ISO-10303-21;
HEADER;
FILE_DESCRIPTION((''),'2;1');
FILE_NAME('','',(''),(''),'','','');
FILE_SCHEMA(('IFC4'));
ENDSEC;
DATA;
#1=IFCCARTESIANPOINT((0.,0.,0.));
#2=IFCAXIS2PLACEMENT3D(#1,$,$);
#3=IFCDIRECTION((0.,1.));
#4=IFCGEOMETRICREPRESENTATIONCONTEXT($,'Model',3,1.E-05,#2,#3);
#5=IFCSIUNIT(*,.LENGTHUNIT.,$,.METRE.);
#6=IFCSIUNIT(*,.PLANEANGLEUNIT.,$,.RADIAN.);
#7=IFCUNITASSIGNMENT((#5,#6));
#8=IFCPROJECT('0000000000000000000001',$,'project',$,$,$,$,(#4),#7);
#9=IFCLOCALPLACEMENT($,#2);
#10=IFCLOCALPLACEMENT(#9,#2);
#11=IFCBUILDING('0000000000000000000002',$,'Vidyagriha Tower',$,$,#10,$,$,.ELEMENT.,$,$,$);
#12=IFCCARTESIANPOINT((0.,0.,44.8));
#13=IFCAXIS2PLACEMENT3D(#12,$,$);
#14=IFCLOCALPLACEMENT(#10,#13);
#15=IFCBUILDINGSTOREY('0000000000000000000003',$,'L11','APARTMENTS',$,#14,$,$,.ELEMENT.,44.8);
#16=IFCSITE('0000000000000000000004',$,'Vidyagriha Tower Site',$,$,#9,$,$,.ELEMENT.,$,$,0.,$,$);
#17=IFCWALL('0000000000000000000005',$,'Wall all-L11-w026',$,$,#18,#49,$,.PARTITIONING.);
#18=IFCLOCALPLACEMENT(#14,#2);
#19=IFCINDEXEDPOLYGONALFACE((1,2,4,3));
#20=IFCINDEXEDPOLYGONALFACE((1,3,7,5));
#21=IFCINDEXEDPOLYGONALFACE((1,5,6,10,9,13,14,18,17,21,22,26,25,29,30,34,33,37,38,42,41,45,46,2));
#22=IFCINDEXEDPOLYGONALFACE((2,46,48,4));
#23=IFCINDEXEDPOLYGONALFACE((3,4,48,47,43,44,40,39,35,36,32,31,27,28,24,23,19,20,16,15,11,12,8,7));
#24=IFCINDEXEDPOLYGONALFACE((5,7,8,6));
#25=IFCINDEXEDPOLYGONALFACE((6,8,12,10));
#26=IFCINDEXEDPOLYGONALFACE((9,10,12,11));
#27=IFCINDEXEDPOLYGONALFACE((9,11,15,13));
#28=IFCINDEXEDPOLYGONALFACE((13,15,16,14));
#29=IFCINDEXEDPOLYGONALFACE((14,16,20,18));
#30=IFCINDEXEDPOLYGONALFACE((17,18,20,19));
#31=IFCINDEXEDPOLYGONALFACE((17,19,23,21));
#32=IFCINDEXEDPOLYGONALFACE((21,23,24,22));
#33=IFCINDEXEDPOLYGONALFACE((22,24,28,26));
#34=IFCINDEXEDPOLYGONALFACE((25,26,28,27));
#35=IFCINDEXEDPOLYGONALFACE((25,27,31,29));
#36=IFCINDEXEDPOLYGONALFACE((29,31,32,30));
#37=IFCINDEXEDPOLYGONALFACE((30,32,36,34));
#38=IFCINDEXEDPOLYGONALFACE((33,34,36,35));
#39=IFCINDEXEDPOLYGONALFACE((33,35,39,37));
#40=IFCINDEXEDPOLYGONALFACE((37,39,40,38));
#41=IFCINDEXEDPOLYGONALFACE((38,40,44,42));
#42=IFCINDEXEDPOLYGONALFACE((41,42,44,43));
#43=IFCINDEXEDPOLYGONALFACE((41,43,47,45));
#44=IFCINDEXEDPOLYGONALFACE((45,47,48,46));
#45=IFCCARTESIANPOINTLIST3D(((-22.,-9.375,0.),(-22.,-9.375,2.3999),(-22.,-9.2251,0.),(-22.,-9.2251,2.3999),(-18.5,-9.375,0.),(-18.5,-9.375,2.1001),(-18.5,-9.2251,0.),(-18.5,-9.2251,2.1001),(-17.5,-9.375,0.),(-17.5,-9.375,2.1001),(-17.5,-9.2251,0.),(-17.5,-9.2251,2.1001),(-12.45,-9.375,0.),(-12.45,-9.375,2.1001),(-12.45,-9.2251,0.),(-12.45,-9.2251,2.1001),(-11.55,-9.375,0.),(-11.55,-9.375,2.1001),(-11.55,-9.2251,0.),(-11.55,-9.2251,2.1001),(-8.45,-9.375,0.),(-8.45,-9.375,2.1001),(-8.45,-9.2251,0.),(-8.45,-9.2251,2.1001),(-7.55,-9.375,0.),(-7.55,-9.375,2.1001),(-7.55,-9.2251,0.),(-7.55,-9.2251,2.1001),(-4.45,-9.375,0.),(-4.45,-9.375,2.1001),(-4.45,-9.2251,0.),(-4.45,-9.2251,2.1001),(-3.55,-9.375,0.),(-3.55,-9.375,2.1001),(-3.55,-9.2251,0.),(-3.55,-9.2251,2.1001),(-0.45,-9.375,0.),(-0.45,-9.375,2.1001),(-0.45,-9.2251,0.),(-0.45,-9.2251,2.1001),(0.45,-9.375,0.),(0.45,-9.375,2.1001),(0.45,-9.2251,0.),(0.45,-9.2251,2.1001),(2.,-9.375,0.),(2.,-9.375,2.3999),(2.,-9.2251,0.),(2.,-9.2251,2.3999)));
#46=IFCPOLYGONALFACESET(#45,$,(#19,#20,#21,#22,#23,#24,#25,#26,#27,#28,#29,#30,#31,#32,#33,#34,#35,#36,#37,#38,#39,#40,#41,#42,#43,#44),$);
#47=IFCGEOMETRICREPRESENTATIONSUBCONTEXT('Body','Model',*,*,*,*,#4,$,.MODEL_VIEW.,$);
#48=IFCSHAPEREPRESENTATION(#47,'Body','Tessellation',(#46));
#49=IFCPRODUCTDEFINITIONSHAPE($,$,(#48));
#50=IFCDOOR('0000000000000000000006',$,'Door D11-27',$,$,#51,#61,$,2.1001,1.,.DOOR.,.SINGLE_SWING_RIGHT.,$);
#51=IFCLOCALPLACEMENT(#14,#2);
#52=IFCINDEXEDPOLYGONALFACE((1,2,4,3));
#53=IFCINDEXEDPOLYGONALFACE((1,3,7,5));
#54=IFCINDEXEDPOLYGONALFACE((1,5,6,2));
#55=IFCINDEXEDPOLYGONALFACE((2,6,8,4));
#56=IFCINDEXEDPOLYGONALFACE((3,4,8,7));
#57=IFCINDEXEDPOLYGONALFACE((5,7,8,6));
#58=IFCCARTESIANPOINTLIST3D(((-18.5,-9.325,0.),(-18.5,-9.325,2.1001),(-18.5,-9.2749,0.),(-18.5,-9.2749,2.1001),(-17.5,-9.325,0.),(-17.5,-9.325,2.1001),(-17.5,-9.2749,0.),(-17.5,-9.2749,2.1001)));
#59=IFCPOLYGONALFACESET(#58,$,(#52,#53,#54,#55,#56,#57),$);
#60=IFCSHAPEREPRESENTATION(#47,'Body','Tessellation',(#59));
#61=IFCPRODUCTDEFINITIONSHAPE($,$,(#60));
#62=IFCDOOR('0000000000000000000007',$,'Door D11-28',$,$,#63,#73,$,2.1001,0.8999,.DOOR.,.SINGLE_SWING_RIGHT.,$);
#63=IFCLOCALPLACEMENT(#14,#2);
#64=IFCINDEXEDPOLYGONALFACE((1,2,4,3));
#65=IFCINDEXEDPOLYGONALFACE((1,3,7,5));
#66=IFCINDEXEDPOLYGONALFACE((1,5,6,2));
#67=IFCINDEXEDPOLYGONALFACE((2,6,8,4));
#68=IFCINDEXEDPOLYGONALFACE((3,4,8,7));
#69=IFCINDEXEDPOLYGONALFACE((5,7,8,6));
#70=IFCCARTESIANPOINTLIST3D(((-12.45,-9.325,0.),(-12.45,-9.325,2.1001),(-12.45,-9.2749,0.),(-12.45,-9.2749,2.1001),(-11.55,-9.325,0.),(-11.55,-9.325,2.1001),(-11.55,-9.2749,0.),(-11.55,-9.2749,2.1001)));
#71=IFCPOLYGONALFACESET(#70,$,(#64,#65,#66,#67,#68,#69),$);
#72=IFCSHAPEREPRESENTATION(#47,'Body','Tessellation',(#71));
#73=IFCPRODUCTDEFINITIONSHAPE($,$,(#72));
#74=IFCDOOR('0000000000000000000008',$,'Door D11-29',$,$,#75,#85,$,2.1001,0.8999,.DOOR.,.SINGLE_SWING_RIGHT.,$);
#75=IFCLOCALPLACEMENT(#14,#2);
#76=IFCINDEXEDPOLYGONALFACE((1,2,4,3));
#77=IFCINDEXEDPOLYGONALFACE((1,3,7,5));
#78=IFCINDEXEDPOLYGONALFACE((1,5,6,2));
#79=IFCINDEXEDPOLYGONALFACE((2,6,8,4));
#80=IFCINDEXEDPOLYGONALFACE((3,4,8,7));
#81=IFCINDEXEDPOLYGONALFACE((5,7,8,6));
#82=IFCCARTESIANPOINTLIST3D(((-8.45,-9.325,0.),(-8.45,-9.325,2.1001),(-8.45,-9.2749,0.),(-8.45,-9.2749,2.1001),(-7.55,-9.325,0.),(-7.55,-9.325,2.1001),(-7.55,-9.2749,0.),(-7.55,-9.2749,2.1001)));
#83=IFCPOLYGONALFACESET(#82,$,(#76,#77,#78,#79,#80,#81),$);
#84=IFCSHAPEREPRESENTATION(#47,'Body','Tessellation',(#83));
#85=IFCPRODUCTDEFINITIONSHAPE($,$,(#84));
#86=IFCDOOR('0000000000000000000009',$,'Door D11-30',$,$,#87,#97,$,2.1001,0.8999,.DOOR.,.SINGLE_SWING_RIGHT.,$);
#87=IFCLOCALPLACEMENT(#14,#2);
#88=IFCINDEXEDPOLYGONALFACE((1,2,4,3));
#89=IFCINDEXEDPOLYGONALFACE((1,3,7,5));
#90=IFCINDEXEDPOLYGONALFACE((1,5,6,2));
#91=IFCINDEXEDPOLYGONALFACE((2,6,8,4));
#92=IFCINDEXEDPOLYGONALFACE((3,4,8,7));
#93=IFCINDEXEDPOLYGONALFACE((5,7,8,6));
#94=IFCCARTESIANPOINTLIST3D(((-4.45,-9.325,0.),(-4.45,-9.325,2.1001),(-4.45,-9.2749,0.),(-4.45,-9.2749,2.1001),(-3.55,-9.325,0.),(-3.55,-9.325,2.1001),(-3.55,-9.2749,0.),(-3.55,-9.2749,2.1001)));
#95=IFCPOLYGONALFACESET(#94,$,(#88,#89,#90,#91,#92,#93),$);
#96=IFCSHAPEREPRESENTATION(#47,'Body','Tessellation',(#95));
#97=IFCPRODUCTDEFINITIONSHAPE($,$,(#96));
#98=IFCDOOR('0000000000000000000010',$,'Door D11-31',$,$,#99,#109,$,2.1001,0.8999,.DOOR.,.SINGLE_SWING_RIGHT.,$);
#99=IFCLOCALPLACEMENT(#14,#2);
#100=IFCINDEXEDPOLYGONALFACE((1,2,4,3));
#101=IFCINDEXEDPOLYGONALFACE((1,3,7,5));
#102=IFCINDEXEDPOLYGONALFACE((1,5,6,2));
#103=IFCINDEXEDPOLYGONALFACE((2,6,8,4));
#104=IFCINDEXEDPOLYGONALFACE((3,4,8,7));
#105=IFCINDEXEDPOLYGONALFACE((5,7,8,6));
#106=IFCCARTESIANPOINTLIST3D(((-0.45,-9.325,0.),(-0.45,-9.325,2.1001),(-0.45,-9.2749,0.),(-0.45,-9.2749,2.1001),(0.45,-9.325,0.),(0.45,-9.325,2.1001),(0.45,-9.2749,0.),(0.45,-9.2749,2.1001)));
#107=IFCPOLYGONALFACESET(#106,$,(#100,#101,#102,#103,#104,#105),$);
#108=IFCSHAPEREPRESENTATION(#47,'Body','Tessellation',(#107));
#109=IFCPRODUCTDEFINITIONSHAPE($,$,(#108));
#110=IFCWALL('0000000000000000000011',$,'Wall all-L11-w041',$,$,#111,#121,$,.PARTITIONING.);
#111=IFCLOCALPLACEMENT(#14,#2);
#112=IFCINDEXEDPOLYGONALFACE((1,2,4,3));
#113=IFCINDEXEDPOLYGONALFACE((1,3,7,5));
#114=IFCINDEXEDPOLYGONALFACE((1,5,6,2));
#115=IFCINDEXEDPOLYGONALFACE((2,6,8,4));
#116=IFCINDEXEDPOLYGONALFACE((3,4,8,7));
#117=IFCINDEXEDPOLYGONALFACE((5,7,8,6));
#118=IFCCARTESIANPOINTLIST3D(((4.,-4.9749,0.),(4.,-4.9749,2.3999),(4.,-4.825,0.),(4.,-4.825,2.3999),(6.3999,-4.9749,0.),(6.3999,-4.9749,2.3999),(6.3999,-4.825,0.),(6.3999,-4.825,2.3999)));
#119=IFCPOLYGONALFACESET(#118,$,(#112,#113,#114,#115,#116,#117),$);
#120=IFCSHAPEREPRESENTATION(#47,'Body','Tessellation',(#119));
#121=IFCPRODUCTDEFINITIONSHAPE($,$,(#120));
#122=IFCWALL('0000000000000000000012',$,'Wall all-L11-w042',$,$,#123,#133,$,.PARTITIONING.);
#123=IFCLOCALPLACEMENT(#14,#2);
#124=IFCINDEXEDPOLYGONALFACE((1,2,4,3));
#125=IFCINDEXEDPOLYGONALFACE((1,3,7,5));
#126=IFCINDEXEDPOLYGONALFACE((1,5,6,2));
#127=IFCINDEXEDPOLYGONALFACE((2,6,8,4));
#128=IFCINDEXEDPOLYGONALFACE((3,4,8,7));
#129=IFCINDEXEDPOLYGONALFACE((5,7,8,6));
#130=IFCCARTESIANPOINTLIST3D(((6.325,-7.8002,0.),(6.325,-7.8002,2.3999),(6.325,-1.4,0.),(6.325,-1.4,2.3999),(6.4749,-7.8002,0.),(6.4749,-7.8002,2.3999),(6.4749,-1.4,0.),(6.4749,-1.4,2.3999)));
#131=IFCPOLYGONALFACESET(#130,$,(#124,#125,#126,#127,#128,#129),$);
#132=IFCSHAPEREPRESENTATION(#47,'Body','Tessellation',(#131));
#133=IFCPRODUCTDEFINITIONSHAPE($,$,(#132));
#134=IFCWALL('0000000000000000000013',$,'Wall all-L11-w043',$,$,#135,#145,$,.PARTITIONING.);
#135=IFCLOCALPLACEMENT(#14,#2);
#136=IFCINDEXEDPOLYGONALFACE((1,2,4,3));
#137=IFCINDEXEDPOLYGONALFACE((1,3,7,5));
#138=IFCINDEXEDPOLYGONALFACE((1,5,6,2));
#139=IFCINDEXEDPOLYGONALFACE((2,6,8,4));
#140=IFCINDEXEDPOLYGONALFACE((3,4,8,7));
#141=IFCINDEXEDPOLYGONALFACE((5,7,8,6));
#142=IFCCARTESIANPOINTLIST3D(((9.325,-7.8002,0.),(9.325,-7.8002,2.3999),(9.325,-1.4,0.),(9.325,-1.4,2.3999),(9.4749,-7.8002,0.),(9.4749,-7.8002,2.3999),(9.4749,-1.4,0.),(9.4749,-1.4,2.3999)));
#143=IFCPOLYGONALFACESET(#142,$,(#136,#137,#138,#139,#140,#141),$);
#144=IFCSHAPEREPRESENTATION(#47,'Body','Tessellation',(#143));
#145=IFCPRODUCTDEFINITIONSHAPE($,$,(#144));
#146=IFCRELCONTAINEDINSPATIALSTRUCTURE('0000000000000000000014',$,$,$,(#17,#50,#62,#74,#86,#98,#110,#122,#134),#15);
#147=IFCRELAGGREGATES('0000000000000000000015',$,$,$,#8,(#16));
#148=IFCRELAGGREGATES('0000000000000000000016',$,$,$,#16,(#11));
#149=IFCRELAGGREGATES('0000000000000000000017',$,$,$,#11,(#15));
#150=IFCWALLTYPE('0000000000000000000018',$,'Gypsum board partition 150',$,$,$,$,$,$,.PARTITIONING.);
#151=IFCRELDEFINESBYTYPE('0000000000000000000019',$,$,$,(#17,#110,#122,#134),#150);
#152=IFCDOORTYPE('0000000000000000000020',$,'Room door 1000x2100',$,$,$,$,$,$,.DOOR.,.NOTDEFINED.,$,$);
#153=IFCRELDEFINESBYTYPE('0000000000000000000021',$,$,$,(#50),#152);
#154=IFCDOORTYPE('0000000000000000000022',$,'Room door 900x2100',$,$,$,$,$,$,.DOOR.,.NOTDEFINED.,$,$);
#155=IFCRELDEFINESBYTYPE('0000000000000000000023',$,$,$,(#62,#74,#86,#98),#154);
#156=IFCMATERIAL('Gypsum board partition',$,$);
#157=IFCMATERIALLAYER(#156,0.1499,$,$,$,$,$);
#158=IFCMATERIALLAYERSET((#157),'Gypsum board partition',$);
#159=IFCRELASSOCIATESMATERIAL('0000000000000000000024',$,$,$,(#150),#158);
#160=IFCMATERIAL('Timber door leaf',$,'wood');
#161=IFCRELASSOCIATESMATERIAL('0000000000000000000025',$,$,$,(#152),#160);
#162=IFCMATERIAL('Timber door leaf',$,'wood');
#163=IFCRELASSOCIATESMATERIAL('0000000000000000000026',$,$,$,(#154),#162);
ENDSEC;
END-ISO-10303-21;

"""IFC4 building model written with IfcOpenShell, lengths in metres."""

from ifc_helpers import new_model, si_unit, direction, frame, frame_2d, origin, place, context, subcontext, project, spatial, rectangle, extrude, material, layer, layer_set, type_object, element, fill, save


model = new_model("IFC4")

# Units and contexts
model_context = context("Model", 3, precision=1e-05, world=origin(), true_north=direction((0.0, 1.0)))
body_context = subcontext(model_context, "Body", "Model", "MODEL_VIEW")
ifc_project = project(units=[si_unit("LENGTHUNIT", "METRE"), si_unit("PLANEANGLEUNIT", "RADIAN")], contexts=[model_context])

# Site, building, storey
site_placement = place(None, origin())
site = spatial("IfcSite", under=ifc_project, at=site_placement, Name="Vidyagriha Tower Site", CompositionType="ELEMENT", RefElevation=0.0)
building_placement = place(site_placement, origin())
building = spatial("IfcBuilding", under=site, at=building_placement, Name="Vidyagriha Tower", CompositionType="ELEMENT")
storey_placement = place(building_placement, frame((0.0, 0.0, 44.8)))
storey = spatial("IfcBuildingStorey", under=building, at=storey_placement, Name="L11", Description="APARTMENTS", CompositionType="ELEMENT", Elevation=44.8)

# Shared definitions
ifc_material_1 = material(Name="Gypsum board partition")
ifc_layer_1 = layer(ifc_material_1, 0.1499)
ifc_layer_set_1 = layer_set([ifc_layer_1], Name="Gypsum board partition")
wall_type_1 = type_object("IfcWallType", Name="Gypsum board partition 150", PredefinedType="PARTITIONING", material=ifc_layer_set_1)

# Wall, openings, doors
wall_1_placement = place(storey_placement, frame((2.0, -9.3, 0.0), z_axis=(0.0, 0.0, 1.0), x_axis=(-1.0, 0.0, 0.0)))
wall_1 = element("IfcWall", 1, at=wall_1_placement, inside=storey, type_object=wall_type_1, Name="Wall all-L11-w026", PredefinedType="PARTITIONING", context=body_context, shape_type="SweptSolid", body=[
    extrude(rectangle(XDim=24.0, YDim=0.1499, at=frame_2d((12.0, 0.0))), origin(), (0.0, 0.0, 1.0), 2.3999),
])
opening_1_placement = place(wall_1_placement, frame((19.5, 0.0, 0.0)))
opening_1 = element("IfcOpeningElement", 2, at=opening_1_placement, cuts=wall_1, PredefinedType="OPENING", context=body_context, shape_type="SweptSolid", body=[
    extrude(rectangle(XDim=1.0, YDim=2.1001, at=frame_2d((0.5, 1.05))), frame((0.0, 0.085, 0.0), z_axis=(0.0, -1.0, 0.0), x_axis=(1.0, 0.0, 0.0)), (0.0, 0.0, 1.0), 0.1699),
])
opening_2_placement = place(wall_1_placement, frame((13.55, 0.0, 0.0)))
opening_2 = element("IfcOpeningElement", 3, at=opening_2_placement, cuts=wall_1, PredefinedType="OPENING", context=body_context, shape_type="SweptSolid", body=[
    extrude(rectangle(XDim=0.8999, YDim=2.1001, at=frame_2d((0.45, 1.05))), frame((0.0, 0.085, 0.0), z_axis=(0.0, -1.0, 0.0), x_axis=(1.0, 0.0, 0.0)), (0.0, 0.0, 1.0), 0.1699),
])
opening_3_placement = place(wall_1_placement, frame((9.55, 0.0, 0.0)))
opening_3 = element("IfcOpeningElement", 4, at=opening_3_placement, cuts=wall_1, PredefinedType="OPENING", context=body_context, shape_type="SweptSolid", body=[
    extrude(rectangle(XDim=0.8999, YDim=2.1001, at=frame_2d((0.45, 1.05))), frame((0.0, 0.085, 0.0), z_axis=(0.0, -1.0, 0.0), x_axis=(1.0, 0.0, 0.0)), (0.0, 0.0, 1.0), 0.1699),
])
opening_4_placement = place(wall_1_placement, frame((5.55, 0.0, 0.0)))
opening_4 = element("IfcOpeningElement", 5, at=opening_4_placement, cuts=wall_1, PredefinedType="OPENING", context=body_context, shape_type="SweptSolid", body=[
    extrude(rectangle(XDim=0.8999, YDim=2.1001, at=frame_2d((0.45, 1.05))), frame((0.0, 0.085, 0.0), z_axis=(0.0, -1.0, 0.0), x_axis=(1.0, 0.0, 0.0)), (0.0, 0.0, 1.0), 0.1699),
])
opening_5_placement = place(wall_1_placement, frame((1.55, 0.0, 0.0)))
opening_5 = element("IfcOpeningElement", 6, at=opening_5_placement, cuts=wall_1, PredefinedType="OPENING", context=body_context, shape_type="SweptSolid", body=[
    extrude(rectangle(XDim=0.8999, YDim=2.1001, at=frame_2d((0.45, 1.05))), frame((0.0, 0.085, 0.0), z_axis=(0.0, -1.0, 0.0), x_axis=(1.0, 0.0, 0.0)), (0.0, 0.0, 1.0), 0.1699),
])
ifc_material_2 = material(Name="Timber door leaf", Category="wood")
door_type_1 = type_object("IfcDoorType", Name="Room door 1000x2100", OperationType="NOTDEFINED", PredefinedType="DOOR", material=ifc_material_2)
door_1_placement = place(opening_1_placement, origin())
door_1 = element("IfcDoor", 7, at=door_1_placement, inside=storey, type_object=door_type_1, Name="Door D11-27", OperationType="SINGLE_SWING_RIGHT", OverallHeight=2.1001, OverallWidth=1.0, PredefinedType="DOOR", context=body_context, shape_type="SweptSolid", body=[
    extrude(rectangle(XDim=1.0, YDim=2.1001, at=frame_2d((0.5, 1.05))), frame((0.0, 0.0249, 0.0), z_axis=(0.0, -1.0, 0.0), x_axis=(1.0, 0.0, 0.0)), (0.0, 0.0, 1.0), 0.05),
])
fill(opening_1, door_1)
ifc_material_3 = material(Name="Timber door leaf", Category="wood")
door_type_2 = type_object("IfcDoorType", Name="Room door 900x2100", OperationType="NOTDEFINED", PredefinedType="DOOR", material=ifc_material_3)
door_2_placement = place(opening_2_placement, origin())
door_2 = element("IfcDoor", 8, at=door_2_placement, inside=storey, type_object=door_type_2, Name="Door D11-28", OperationType="SINGLE_SWING_RIGHT", OverallHeight=2.1001, OverallWidth=0.8999, PredefinedType="DOOR", context=body_context, shape_type="SweptSolid", body=[
    extrude(rectangle(XDim=0.8999, YDim=2.1001, at=frame_2d((0.45, 1.05))), frame((0.0, 0.0249, 0.0), z_axis=(0.0, -1.0, 0.0), x_axis=(1.0, 0.0, 0.0)), (0.0, 0.0, 1.0), 0.05),
])
fill(opening_2, door_2)
door_3_placement = place(opening_3_placement, origin())
door_3 = element("IfcDoor", 9, at=door_3_placement, inside=storey, type_object=door_type_2, Name="Door D11-29", OperationType="SINGLE_SWING_RIGHT", OverallHeight=2.1001, OverallWidth=0.8999, PredefinedType="DOOR", context=body_context, shape_type="SweptSolid", body=[
    extrude(rectangle(XDim=0.8999, YDim=2.1001, at=frame_2d((0.45, 1.05))), frame((0.0, 0.0249, 0.0), z_axis=(0.0, -1.0, 0.0), x_axis=(1.0, 0.0, 0.0)), (0.0, 0.0, 1.0), 0.05),
])
fill(opening_3, door_3)
door_4_placement = place(opening_4_placement, origin())
door_4 = element("IfcDoor", 10, at=door_4_placement, inside=storey, type_object=door_type_2, Name="Door D11-30", OperationType="SINGLE_SWING_RIGHT", OverallHeight=2.1001, OverallWidth=0.8999, PredefinedType="DOOR", context=body_context, shape_type="SweptSolid", body=[
    extrude(rectangle(XDim=0.8999, YDim=2.1001, at=frame_2d((0.45, 1.05))), frame((0.0, 0.0249, 0.0), z_axis=(0.0, -1.0, 0.0), x_axis=(1.0, 0.0, 0.0)), (0.0, 0.0, 1.0), 0.05),
])
fill(opening_4, door_4)
door_5_placement = place(opening_5_placement, origin())
door_5 = element("IfcDoor", 11, at=door_5_placement, inside=storey, type_object=door_type_2, Name="Door D11-31", OperationType="SINGLE_SWING_RIGHT", OverallHeight=2.1001, OverallWidth=0.8999, PredefinedType="DOOR", context=body_context, shape_type="SweptSolid", body=[
    extrude(rectangle(XDim=0.8999, YDim=2.1001, at=frame_2d((0.45, 1.05))), frame((0.0, 0.0249, 0.0), z_axis=(0.0, -1.0, 0.0), x_axis=(1.0, 0.0, 0.0)), (0.0, 0.0, 1.0), 0.05),
])
fill(opening_5, door_5)

# Walls
wall_2_placement = place(storey_placement, frame((6.3999, -4.8999, 0.0), z_axis=(0.0, 0.0, 1.0), x_axis=(-1.0, 0.0, 0.0)))
element("IfcWall", 12, at=wall_2_placement, inside=storey, type_object=wall_type_1, Name="Wall all-L11-w041", PredefinedType="PARTITIONING", context=body_context, shape_type="SweptSolid", body=[
    extrude(rectangle(XDim=2.3999, YDim=0.1499, at=frame_2d((1.2, 0.0))), origin(), (0.0, 0.0, 1.0), 2.3999),
])
for number, where, z_axis, x_axis, name in (
    (13, (6.3999, -1.3999, 0.0), (0.0, 0.0, 1.0), (0.0, -1.0, 0.0), "Wall all-L11-w042"),
    (14, (9.3999, -1.3999, 0.0), (0.0, 0.0, 1.0), (0.0, -1.0, 0.0), "Wall all-L11-w043"),
):
    element("IfcWall", number, at=place(storey_placement, frame(where, z_axis=z_axis, x_axis=x_axis)), inside=storey, type_object=wall_type_1, Name=name, PredefinedType="PARTITIONING", context=body_context, shape_type="SweptSolid", body=[
        extrude(rectangle(XDim=6.4001, YDim=0.1499, at=frame_2d((3.2002, 0.0))), origin(), (0.0, 0.0, 1.0), 2.3999),
    ])

save(model, "model.ifc")
